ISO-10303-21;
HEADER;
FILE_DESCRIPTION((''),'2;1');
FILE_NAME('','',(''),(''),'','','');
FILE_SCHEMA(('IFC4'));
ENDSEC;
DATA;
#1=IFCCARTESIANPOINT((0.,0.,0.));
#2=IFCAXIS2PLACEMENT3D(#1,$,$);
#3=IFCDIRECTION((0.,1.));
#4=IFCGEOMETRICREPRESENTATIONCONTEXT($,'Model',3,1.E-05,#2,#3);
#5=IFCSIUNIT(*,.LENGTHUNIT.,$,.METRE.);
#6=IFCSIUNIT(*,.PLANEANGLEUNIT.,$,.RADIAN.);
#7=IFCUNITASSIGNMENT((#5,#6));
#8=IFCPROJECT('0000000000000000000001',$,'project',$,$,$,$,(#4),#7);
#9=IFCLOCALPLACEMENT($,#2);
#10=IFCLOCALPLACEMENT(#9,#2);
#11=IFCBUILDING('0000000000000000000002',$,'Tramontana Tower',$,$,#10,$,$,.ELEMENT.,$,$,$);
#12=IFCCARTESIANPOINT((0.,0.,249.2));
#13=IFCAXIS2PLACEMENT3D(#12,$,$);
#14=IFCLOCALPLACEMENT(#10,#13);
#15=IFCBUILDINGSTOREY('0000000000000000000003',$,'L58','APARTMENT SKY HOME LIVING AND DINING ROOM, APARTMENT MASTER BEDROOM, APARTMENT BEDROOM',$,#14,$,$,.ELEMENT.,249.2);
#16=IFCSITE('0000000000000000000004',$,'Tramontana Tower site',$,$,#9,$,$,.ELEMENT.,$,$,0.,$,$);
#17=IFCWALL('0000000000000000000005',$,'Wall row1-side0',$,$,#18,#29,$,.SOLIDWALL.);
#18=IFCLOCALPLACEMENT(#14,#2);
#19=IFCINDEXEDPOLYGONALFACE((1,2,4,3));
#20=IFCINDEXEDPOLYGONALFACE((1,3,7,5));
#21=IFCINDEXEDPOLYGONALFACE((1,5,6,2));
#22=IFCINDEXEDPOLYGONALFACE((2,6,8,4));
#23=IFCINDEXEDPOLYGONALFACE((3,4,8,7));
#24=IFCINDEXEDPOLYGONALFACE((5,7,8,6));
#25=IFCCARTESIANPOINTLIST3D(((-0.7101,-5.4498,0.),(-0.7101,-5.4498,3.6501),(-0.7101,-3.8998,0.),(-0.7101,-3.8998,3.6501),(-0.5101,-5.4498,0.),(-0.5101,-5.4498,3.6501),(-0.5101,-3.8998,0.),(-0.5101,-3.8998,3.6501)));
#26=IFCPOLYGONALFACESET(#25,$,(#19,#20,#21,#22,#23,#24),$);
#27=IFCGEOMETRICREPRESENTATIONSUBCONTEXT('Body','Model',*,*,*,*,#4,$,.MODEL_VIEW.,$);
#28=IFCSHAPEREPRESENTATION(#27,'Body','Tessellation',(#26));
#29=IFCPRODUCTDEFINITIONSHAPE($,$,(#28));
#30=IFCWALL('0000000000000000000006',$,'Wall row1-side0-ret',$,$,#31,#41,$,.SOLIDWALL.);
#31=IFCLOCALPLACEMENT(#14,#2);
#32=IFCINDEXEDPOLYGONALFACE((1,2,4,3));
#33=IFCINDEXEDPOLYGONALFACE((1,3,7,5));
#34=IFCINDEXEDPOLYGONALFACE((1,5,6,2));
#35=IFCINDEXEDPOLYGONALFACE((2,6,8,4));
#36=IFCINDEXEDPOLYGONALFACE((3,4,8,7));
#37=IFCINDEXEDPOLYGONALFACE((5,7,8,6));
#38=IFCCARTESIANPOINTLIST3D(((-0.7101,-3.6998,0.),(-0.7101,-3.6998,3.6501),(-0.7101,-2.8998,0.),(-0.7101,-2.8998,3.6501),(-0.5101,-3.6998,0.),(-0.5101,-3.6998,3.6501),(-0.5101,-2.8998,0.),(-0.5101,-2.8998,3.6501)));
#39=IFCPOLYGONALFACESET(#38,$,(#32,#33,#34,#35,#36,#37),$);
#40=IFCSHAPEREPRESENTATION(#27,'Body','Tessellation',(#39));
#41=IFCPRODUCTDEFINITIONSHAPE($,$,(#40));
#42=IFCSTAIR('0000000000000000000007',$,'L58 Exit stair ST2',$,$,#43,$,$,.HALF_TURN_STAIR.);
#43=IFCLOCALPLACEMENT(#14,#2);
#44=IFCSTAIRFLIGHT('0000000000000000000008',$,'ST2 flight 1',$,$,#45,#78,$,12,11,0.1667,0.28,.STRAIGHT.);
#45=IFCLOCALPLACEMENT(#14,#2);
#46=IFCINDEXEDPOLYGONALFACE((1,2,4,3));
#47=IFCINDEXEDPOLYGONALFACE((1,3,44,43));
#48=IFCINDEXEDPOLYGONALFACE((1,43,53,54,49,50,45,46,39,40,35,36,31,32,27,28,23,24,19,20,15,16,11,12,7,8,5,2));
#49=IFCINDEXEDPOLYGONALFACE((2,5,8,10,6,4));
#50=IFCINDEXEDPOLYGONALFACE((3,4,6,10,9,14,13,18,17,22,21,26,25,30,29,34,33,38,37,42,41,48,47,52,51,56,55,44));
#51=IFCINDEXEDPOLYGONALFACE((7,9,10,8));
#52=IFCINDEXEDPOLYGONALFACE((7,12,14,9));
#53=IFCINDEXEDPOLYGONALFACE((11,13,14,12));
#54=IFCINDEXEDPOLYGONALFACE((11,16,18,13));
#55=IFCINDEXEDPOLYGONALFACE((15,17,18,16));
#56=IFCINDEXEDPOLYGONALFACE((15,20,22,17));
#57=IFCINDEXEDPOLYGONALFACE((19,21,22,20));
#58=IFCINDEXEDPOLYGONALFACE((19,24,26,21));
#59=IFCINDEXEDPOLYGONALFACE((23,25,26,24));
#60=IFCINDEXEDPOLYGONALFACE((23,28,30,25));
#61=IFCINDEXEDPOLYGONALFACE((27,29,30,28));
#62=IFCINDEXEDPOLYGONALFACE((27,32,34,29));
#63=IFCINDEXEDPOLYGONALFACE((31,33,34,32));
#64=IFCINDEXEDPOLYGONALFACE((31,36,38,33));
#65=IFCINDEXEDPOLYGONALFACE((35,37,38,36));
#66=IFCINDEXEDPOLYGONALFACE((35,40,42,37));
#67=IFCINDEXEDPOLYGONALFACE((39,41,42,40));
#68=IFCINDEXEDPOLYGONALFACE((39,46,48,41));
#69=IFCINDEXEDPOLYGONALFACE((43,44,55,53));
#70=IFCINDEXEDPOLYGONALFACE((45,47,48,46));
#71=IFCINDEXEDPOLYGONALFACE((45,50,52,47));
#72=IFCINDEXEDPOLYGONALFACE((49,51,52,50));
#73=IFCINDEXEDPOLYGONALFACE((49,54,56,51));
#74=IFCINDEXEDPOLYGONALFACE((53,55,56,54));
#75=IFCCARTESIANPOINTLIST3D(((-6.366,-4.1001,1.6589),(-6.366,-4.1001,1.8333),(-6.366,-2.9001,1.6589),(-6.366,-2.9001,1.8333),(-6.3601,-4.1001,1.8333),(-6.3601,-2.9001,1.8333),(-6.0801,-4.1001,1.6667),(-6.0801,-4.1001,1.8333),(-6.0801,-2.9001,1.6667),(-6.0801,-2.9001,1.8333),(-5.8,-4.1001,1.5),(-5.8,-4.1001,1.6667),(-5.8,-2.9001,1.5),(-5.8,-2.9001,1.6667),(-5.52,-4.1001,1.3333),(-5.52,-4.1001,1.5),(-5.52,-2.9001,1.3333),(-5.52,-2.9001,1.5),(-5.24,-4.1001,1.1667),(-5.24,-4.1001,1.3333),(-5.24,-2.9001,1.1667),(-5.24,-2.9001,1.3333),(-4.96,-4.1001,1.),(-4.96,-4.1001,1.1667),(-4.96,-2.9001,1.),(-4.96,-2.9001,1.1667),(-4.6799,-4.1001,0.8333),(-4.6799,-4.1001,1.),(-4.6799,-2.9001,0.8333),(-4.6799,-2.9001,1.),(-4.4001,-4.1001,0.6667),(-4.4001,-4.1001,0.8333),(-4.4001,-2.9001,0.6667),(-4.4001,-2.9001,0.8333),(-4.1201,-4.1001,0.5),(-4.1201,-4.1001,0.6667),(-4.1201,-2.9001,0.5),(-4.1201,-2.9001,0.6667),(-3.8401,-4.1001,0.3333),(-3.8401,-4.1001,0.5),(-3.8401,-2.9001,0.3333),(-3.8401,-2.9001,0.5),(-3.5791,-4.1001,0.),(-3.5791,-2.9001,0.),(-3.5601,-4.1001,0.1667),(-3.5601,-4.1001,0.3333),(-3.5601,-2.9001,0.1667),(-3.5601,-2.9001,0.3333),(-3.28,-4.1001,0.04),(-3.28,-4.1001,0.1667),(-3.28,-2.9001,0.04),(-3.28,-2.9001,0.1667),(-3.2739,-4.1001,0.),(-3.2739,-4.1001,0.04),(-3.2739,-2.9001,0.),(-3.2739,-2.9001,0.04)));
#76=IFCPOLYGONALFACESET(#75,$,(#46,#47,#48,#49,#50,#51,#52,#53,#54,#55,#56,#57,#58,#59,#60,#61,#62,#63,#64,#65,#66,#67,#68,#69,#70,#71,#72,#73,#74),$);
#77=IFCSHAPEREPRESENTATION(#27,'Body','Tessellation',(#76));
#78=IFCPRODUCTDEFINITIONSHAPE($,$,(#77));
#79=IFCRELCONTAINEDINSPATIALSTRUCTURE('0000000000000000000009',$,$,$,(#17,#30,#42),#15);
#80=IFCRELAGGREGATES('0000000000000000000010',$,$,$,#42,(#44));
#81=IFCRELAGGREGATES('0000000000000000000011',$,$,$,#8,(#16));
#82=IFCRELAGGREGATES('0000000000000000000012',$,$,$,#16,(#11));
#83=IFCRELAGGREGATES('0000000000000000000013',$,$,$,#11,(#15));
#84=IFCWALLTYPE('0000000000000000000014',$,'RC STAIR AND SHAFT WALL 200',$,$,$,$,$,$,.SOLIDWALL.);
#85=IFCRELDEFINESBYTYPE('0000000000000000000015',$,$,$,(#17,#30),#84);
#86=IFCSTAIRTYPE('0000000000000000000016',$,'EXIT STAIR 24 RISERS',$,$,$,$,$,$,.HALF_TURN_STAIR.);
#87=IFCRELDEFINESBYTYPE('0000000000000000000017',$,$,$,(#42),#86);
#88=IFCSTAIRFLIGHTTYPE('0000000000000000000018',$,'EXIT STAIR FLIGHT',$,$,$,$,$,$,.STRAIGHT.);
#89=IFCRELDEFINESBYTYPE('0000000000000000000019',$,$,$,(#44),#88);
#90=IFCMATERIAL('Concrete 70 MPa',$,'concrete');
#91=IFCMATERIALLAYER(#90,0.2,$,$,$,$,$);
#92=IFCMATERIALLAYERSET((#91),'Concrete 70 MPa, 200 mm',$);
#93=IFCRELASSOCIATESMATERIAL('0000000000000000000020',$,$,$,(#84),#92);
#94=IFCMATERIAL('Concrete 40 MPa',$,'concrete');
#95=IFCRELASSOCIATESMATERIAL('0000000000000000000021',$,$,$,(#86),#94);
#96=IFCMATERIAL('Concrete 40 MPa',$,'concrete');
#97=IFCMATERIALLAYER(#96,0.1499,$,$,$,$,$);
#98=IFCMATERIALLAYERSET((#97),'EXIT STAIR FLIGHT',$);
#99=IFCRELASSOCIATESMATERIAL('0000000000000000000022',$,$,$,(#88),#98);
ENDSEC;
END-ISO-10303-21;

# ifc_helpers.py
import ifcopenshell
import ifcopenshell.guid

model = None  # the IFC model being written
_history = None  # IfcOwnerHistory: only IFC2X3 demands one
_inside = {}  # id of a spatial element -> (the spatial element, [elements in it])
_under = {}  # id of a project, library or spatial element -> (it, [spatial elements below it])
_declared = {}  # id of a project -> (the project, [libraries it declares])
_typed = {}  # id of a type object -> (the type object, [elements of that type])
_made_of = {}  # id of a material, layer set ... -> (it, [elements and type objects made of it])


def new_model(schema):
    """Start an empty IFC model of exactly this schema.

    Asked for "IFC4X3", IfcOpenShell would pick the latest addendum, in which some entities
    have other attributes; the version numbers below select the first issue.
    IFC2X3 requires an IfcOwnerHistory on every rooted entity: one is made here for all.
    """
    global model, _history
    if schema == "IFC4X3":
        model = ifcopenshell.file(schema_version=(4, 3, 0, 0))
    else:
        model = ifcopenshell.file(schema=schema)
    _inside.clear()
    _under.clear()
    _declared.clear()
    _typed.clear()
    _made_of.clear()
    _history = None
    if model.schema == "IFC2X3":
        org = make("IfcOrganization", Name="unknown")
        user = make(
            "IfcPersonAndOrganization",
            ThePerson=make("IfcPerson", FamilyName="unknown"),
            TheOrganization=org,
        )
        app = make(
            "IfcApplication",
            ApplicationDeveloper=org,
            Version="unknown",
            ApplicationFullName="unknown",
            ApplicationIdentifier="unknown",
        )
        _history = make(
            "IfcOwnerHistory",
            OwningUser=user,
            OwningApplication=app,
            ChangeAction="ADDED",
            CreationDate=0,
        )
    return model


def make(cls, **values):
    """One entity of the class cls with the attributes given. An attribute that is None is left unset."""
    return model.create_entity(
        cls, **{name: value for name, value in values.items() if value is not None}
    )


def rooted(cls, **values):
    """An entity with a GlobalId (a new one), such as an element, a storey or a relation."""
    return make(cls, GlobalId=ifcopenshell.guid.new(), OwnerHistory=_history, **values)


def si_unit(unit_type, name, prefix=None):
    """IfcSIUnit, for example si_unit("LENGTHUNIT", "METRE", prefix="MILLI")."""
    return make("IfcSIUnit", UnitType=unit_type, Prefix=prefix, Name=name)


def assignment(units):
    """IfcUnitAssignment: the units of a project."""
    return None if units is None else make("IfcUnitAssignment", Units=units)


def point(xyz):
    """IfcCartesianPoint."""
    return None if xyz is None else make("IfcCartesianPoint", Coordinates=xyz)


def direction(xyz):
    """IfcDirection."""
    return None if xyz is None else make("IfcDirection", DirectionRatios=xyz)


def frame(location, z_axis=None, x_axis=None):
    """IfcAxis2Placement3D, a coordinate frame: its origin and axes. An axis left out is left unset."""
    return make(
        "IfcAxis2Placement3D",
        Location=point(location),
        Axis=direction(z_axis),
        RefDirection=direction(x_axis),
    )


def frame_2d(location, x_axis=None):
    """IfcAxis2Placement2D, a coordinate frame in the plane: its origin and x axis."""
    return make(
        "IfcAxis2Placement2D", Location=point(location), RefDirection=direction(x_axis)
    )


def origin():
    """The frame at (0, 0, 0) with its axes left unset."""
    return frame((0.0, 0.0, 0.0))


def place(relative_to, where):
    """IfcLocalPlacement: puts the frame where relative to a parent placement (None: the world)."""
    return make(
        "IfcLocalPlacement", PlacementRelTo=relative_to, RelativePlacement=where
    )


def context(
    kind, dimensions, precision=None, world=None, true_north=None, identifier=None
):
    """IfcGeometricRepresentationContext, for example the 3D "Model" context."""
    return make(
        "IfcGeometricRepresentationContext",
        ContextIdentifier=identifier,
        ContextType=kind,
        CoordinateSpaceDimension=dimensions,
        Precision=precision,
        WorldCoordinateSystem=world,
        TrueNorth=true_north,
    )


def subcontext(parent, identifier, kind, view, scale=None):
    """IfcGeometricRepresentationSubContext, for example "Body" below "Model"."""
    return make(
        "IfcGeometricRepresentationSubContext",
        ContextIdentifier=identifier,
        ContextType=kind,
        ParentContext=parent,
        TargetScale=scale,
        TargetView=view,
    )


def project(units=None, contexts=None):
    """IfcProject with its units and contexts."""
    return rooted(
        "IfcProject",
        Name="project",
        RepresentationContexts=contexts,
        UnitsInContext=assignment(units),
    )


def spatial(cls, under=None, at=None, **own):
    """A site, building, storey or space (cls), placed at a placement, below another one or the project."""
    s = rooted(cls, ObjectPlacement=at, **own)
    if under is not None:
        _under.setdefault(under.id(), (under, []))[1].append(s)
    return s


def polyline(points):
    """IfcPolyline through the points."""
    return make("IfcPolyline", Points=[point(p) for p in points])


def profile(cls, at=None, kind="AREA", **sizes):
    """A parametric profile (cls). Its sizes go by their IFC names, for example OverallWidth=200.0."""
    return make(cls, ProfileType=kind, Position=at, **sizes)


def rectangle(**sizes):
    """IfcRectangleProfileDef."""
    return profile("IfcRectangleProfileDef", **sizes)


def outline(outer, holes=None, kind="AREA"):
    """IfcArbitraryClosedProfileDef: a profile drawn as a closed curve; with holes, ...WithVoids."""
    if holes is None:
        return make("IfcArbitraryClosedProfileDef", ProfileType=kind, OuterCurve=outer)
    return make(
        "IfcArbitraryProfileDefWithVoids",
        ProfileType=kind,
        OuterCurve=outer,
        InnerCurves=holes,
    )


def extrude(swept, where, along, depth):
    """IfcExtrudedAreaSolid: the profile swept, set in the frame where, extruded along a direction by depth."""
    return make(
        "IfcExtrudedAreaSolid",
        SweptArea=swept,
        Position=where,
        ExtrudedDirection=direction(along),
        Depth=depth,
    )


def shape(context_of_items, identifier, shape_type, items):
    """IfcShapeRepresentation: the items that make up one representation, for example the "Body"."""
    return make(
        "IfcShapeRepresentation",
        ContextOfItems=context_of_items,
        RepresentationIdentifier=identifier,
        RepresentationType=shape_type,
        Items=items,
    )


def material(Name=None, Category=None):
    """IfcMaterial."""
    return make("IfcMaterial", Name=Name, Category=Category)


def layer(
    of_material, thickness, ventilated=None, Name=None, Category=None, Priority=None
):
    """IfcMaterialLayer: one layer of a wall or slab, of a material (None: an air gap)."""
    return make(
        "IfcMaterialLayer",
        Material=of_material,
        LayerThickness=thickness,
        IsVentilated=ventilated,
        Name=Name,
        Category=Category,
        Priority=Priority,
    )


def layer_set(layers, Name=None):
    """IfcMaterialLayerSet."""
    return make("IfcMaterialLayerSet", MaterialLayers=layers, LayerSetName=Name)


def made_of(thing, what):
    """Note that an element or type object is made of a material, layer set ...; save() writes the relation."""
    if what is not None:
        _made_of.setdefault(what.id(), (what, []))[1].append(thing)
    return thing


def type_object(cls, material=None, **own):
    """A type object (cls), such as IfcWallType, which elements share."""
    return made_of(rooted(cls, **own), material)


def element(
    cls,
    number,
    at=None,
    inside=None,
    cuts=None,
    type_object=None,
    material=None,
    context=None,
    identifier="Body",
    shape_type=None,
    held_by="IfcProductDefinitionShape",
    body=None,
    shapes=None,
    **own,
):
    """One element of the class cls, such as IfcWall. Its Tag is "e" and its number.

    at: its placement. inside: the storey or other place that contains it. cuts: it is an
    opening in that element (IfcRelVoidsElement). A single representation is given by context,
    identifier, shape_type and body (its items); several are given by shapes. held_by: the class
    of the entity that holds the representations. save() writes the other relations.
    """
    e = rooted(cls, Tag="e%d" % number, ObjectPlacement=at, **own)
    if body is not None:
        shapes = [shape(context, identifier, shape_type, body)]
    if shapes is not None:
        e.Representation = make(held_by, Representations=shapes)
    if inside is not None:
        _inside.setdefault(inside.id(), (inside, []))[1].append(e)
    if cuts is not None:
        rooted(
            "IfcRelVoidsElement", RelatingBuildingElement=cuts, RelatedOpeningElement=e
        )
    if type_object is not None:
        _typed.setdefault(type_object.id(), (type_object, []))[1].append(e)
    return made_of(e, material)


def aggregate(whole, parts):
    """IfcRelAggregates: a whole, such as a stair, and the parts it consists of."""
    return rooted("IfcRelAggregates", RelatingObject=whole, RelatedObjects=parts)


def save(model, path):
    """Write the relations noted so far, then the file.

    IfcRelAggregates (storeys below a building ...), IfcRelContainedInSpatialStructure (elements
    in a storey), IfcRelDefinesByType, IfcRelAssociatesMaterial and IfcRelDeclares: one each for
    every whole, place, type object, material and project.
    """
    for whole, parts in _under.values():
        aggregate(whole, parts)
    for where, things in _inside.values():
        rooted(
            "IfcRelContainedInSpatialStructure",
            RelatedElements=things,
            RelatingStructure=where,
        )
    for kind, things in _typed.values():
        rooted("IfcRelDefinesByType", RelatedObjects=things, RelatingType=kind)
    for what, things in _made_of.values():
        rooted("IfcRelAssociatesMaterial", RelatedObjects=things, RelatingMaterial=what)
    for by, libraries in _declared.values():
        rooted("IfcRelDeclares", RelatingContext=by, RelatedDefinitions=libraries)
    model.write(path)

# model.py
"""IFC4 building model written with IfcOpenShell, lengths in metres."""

from ifc_helpers import new_model, si_unit, direction, frame, frame_2d, origin, place, context, subcontext, project, spatial, polyline, rectangle, outline, extrude, material, layer, layer_set, type_object, element, aggregate, save


model = new_model("IFC4")

# Units and contexts
model_context = context("Model", 3, precision=1e-05, world=origin(), true_north=direction((0.0, 1.0)))
body_context = subcontext(model_context, "Body", "Model", "MODEL_VIEW")
ifc_project = project(units=[si_unit("LENGTHUNIT", "METRE"), si_unit("PLANEANGLEUNIT", "RADIAN")], contexts=[model_context])

# Site, building, storey
site_placement = place(None, origin())
site = spatial("IfcSite", under=ifc_project, at=site_placement, Name="Tramontana Tower site", CompositionType="ELEMENT", RefElevation=0.0)
building_placement = place(site_placement, origin())
building = spatial("IfcBuilding", under=site, at=building_placement, Name="Tramontana Tower", CompositionType="ELEMENT")
storey_placement = place(building_placement, frame((0.0, 0.0, 249.2)))
storey = spatial("IfcBuildingStorey", under=building, at=storey_placement, Name="L58", Description="APARTMENT SKY HOME LIVING AND DINING ROOM, APARTMENT MASTER BEDROOM, APARTMENT BEDROOM", CompositionType="ELEMENT", Elevation=249.2)

# Shared definitions
ifc_material_1 = material(Name="Concrete 70 MPa", Category="concrete")
ifc_layer_1 = layer(ifc_material_1, 0.2)
ifc_layer_set_1 = layer_set([ifc_layer_1], Name="Concrete 70 MPa, 200 mm")
wall_type_1 = type_object("IfcWallType", Name="RC STAIR AND SHAFT WALL 200", PredefinedType="SOLIDWALL", material=ifc_layer_set_1)

# Walls
wall_1_placement = place(storey_placement, frame((-0.6101, -3.8999, 0.0), z_axis=(0.0, 0.0, 1.0), x_axis=(0.0, -1.0, 0.0)))
element("IfcWall", 1, at=wall_1_placement, inside=storey, type_object=wall_type_1, Name="Wall row1-side0", PredefinedType="SOLIDWALL", context=body_context, shape_type="SweptSolid", body=[
    extrude(rectangle(XDim=1.55, YDim=0.2, at=frame_2d((0.7749, 0.0))), origin(), (0.0, 0.0, 1.0), 3.6501),
])
wall_2_placement = place(storey_placement, frame((-0.6101, -2.8999, 0.0), z_axis=(0.0, 0.0, 1.0), x_axis=(0.0, -1.0, 0.0)))
element("IfcWall", 2, at=wall_2_placement, inside=storey, type_object=wall_type_1, Name="Wall row1-side0-ret", PredefinedType="SOLIDWALL", context=body_context, shape_type="SweptSolid", body=[
    extrude(rectangle(XDim=0.8, YDim=0.2, at=frame_2d((0.3999, 0.0))), origin(), (0.0, 0.0, 1.0), 3.6501),
])

# Stair, stair flight
ifc_material_2 = material(Name="Concrete 40 MPa", Category="concrete")
stair_type = type_object("IfcStairType", Name="EXIT STAIR 24 RISERS", PredefinedType="HALF_TURN_STAIR", material=ifc_material_2)
stair_placement = place(storey_placement, origin())
stair = element("IfcStair", 3, at=stair_placement, inside=storey, type_object=stair_type, Name="L58 Exit stair ST2", PredefinedType="HALF_TURN_STAIR")
ifc_material_3 = material(Name="Concrete 40 MPa", Category="concrete")
ifc_layer_2 = layer(ifc_material_3, 0.1499)
ifc_layer_set_2 = layer_set([ifc_layer_2], Name="EXIT STAIR FLIGHT")
stair_flight_type = type_object("IfcStairFlightType", Name="EXIT STAIR FLIGHT", PredefinedType="STRAIGHT", material=ifc_layer_set_2)
stair_flight_placement = place(storey_placement, frame((-3.28, -3.5, 0.0), z_axis=(0.0, 0.0, 1.0), x_axis=(-1.0, 0.0, 0.0)))
stair_flight = element("IfcStairFlight", 4, at=stair_flight_placement, type_object=stair_flight_type, Name="ST2 flight 1", NumberOfRisers=12, NumberOfTreads=11, PredefinedType="STRAIGHT", RiserHeight=0.1667, TreadLength=0.28, context=body_context, shape_type="SweptSolid", body=[
    extrude(outline(polyline([(-0.0061, 0.0), (-0.0061, 0.04), (0.0, 0.04), (0.0, 0.1667), (0.28, 0.1667), (0.28, 0.3333), (0.5601, 0.3333), (0.5601, 0.5), (0.8401, 0.5), (0.8401, 0.6667), (1.1201, 0.6667), (1.1201, 0.8333), (1.3999, 0.8333), (1.3999, 1.0), (1.6799, 1.0), (1.6799, 1.1667), (1.96, 1.1667), (1.96, 1.3333), (2.24, 1.3333), (2.24, 1.5), (2.52, 1.5), (2.52, 1.6667), (2.8, 1.6667), (2.8, 1.8333), (3.0801, 1.8333), (3.0859, 1.8333), (3.0859, 1.6589), (0.2991, 0.0), (-0.0061, 0.0)])), frame((0.0, 0.6001, 0.0), z_axis=(0.0, -1.0, 0.0), x_axis=(1.0, 0.0, 0.0)), (0.0, 0.0, 1.0), 1.2),
])
aggregate(stair, [stair_flight])

save(model, "model.ifc")
